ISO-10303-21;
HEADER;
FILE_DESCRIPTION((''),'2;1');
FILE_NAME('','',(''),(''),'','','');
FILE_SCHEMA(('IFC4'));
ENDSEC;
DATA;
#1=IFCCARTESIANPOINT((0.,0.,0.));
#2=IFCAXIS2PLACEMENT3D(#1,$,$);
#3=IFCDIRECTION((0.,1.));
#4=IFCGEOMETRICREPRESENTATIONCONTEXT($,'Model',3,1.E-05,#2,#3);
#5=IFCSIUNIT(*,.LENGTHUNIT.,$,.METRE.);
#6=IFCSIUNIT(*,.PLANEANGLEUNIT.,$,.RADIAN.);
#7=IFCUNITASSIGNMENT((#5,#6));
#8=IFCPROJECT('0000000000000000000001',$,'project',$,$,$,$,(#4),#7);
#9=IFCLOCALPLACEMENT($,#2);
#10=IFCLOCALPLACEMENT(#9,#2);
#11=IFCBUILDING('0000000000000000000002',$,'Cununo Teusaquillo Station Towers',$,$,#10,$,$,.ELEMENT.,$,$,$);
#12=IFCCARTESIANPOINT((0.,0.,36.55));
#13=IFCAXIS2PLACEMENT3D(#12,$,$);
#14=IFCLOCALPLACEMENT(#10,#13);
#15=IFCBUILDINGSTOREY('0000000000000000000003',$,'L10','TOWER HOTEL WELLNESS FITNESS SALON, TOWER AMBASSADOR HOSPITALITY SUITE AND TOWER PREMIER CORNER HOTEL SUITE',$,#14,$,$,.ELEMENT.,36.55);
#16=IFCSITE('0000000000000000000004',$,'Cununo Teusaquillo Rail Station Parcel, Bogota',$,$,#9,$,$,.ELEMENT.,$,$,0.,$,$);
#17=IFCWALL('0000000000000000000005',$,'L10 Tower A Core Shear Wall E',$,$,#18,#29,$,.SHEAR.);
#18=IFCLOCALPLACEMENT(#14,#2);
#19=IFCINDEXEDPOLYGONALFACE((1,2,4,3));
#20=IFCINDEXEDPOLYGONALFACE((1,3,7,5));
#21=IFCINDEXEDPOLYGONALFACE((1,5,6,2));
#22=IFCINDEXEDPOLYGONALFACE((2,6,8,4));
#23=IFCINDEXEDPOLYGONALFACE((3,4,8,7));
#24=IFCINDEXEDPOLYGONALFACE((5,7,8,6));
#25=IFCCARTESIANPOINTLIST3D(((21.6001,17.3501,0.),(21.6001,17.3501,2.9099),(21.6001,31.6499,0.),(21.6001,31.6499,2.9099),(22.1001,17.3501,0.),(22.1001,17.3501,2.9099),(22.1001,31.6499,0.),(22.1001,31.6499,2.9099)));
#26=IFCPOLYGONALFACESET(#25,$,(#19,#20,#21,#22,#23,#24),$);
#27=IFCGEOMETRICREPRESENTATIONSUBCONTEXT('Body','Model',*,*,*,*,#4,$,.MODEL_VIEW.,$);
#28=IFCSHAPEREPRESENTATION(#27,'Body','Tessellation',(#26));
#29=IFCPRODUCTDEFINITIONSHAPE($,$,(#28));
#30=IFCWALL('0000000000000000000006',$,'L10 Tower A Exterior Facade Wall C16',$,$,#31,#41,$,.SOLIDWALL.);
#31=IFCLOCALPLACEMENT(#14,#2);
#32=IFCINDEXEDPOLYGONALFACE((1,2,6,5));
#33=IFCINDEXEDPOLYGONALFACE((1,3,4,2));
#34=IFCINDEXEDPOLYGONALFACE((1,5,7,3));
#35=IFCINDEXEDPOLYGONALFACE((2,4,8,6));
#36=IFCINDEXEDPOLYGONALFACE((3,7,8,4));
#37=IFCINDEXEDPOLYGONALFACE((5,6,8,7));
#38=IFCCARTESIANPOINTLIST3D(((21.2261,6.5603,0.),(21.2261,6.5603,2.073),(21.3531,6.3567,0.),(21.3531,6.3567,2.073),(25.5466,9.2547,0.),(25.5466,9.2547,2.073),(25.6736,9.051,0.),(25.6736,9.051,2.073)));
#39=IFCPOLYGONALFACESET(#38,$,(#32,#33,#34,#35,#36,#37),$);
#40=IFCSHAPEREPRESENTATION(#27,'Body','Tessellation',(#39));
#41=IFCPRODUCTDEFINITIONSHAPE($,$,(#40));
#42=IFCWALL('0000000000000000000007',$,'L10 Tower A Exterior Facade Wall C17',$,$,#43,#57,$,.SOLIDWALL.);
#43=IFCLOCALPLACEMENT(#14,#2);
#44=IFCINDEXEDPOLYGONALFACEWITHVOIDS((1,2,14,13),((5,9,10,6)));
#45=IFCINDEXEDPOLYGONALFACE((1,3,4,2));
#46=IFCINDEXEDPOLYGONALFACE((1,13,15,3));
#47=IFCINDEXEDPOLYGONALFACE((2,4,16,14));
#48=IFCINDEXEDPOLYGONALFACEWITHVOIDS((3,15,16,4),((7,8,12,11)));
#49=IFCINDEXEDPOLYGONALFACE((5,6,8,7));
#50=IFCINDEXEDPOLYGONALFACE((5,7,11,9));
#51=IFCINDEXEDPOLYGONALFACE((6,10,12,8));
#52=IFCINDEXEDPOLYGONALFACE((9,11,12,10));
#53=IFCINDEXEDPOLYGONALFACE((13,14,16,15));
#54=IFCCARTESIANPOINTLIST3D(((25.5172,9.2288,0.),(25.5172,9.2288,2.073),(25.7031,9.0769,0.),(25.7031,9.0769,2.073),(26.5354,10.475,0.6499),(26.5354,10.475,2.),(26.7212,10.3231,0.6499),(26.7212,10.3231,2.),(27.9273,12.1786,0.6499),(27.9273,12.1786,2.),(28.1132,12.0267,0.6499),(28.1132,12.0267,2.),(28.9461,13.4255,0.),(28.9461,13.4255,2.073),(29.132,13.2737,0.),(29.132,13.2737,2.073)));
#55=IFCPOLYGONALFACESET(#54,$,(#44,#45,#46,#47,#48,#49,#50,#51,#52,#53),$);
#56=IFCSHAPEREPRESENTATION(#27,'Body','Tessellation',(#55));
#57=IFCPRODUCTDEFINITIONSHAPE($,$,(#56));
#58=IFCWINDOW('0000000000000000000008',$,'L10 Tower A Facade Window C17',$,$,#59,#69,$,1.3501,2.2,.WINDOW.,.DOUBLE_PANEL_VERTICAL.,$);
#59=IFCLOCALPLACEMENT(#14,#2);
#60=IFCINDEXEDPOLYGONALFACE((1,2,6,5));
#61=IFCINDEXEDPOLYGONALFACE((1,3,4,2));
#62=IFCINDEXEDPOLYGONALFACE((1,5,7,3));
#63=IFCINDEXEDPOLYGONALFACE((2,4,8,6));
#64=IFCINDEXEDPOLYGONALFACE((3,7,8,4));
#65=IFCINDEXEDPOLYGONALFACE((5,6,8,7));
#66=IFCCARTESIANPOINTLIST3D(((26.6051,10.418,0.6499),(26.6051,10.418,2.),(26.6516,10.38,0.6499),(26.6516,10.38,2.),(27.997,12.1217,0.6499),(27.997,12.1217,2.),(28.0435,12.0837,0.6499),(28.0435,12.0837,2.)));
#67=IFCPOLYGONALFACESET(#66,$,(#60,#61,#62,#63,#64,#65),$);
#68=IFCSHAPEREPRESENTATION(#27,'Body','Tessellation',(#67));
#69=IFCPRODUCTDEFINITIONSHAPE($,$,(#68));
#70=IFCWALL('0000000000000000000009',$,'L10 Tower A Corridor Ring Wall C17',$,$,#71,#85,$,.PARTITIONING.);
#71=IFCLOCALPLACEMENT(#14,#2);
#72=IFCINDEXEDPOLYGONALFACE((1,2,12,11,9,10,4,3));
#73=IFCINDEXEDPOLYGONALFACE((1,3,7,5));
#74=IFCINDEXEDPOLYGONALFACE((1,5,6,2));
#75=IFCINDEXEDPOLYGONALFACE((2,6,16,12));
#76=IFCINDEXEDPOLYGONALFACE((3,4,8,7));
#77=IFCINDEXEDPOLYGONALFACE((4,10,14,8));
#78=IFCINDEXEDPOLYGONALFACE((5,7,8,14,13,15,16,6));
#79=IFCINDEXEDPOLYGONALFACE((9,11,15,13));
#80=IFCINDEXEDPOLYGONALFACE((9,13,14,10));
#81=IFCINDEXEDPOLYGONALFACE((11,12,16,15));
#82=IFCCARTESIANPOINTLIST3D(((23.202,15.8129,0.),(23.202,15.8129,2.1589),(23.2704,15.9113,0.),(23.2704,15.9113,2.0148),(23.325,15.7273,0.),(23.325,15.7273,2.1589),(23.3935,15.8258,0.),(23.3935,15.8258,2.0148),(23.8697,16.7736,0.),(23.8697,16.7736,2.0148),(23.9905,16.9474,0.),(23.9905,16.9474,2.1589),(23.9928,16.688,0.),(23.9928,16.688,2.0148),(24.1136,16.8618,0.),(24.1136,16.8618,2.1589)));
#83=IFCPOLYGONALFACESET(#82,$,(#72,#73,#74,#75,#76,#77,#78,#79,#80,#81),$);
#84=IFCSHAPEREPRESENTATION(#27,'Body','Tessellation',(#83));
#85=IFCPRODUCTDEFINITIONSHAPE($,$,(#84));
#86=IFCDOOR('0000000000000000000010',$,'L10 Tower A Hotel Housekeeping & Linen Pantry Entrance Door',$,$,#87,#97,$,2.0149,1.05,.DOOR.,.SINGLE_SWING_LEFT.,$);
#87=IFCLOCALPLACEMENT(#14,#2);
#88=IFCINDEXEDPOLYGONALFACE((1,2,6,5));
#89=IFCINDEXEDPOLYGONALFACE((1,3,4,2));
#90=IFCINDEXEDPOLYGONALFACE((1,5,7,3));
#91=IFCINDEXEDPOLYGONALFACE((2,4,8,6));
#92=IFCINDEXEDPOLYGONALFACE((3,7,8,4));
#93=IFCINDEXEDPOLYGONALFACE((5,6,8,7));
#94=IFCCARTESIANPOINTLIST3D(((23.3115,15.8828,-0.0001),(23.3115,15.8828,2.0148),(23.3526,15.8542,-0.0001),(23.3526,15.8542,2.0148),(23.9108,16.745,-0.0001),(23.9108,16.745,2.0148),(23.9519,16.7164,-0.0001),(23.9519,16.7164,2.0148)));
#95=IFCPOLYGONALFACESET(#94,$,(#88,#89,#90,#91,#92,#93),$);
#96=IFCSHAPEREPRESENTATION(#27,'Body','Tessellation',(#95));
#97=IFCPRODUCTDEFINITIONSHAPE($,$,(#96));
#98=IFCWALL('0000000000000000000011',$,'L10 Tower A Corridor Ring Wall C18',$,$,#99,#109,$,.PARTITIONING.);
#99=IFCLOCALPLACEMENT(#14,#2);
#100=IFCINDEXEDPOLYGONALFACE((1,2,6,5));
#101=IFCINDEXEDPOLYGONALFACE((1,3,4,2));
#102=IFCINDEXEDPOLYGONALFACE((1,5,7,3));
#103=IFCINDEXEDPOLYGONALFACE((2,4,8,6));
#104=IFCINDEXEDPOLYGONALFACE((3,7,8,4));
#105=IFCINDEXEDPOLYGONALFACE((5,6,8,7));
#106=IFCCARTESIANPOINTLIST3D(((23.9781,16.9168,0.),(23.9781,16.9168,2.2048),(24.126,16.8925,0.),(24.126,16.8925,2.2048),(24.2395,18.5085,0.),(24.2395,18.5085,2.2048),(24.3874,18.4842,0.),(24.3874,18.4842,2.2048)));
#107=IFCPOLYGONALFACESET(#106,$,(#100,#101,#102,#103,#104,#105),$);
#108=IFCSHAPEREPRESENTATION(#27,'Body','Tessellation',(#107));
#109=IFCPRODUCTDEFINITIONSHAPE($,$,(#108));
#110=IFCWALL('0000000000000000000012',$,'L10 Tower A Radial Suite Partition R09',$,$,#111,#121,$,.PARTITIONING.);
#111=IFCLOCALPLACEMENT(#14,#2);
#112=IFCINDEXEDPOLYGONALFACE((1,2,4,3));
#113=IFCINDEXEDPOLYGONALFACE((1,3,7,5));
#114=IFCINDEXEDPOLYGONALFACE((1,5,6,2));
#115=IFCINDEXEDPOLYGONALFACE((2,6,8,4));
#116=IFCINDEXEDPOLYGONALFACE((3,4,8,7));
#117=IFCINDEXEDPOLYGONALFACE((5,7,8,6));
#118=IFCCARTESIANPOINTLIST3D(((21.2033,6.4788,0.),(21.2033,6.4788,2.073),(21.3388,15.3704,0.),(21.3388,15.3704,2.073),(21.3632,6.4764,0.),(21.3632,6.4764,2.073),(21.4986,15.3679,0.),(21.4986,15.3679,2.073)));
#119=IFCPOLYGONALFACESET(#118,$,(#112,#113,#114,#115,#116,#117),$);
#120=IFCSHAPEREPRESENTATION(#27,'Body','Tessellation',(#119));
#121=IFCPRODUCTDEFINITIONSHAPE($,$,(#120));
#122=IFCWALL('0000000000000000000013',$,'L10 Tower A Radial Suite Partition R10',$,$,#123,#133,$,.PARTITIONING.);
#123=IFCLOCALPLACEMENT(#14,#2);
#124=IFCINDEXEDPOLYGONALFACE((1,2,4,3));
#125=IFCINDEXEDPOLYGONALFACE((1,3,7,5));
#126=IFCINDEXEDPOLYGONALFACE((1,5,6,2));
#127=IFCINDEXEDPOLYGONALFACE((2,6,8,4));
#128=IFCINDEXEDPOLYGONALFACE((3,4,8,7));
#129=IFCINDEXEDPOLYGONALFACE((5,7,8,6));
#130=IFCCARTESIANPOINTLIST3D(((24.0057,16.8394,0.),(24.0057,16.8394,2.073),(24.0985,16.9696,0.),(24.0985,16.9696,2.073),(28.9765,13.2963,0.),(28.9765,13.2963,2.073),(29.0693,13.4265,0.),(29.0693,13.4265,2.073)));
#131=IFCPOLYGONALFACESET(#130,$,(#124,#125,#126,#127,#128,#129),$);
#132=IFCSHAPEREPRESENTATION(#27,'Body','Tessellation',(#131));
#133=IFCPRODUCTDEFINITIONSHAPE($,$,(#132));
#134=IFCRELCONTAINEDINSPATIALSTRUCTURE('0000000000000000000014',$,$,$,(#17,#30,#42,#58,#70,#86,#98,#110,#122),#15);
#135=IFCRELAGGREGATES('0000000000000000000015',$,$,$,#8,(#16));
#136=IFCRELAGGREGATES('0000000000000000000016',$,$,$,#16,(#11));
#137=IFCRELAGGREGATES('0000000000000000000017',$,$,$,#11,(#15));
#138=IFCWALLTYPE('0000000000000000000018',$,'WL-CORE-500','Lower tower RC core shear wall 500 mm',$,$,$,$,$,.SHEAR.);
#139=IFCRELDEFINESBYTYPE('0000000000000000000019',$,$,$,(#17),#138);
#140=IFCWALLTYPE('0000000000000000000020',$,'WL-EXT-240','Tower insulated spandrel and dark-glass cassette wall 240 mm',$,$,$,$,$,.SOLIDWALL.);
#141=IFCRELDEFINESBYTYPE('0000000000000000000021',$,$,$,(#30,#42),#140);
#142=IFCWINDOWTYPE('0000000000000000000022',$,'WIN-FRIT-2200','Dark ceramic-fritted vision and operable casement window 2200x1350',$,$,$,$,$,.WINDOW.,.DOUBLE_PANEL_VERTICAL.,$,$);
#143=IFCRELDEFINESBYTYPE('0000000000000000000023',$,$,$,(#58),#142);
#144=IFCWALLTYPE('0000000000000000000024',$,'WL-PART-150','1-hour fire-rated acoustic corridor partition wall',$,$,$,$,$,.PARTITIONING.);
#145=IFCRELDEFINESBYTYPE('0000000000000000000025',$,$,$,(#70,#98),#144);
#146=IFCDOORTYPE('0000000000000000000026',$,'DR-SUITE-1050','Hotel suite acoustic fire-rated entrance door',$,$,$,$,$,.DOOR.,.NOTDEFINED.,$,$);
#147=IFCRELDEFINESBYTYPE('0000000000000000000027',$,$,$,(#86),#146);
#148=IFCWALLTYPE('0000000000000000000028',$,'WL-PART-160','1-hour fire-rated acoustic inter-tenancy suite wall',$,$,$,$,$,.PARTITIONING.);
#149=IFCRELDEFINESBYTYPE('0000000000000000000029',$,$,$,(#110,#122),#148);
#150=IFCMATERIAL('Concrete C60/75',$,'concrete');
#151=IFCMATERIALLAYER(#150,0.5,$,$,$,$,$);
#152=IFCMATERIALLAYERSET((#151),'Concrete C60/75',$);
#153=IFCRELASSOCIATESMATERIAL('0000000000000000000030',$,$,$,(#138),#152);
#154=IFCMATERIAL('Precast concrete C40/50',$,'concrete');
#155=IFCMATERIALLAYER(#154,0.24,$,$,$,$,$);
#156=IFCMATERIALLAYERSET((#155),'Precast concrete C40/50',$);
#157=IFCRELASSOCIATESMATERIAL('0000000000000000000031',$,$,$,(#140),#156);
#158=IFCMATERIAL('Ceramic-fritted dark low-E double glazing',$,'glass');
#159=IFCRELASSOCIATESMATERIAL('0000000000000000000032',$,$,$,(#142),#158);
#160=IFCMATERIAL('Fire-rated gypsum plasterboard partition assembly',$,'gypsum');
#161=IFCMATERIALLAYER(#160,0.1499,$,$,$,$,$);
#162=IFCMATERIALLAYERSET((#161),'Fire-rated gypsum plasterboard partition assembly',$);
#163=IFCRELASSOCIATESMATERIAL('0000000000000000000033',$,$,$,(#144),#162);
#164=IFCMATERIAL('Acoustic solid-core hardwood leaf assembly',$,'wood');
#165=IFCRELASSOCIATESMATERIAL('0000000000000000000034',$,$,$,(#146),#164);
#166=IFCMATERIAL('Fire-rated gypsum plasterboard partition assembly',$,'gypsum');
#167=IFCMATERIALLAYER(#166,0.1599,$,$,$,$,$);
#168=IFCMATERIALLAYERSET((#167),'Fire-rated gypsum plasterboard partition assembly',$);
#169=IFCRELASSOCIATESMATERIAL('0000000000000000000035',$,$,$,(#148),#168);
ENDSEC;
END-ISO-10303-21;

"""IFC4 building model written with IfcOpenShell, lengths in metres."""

from ifc_helpers import new_model, si_unit, direction, frame, frame_2d, origin, place, context, subcontext, project, spatial, rectangle, extrude, source, transform, mapped, material, layer, layer_set, type_object, element, fill, save


model = new_model("IFC4")

# Units and contexts
model_context = context("Model", 3, precision=1e-05, world=origin(), true_north=direction((0.0, 1.0)))
body_context = subcontext(model_context, "Body", "Model", "MODEL_VIEW")
ifc_project = project(units=[si_unit("LENGTHUNIT", "METRE"), si_unit("PLANEANGLEUNIT", "RADIAN")], contexts=[model_context])

# Site, building, storey
site_placement = place(None, origin())
site = spatial("IfcSite", under=ifc_project, at=site_placement, Name="Cununo Teusaquillo Rail Station Parcel, Bogota", CompositionType="ELEMENT", RefElevation=0.0)
building_placement = place(site_placement, origin())
building = spatial("IfcBuilding", under=site, at=building_placement, Name="Cununo Teusaquillo Station Towers", CompositionType="ELEMENT")
storey_placement = place(building_placement, frame((0.0, 0.0, 36.55)))
storey = spatial("IfcBuildingStorey", under=building, at=storey_placement, Name="L10", Description="TOWER HOTEL WELLNESS FITNESS SALON, TOWER AMBASSADOR HOSPITALITY SUITE AND TOWER PREMIER CORNER HOTEL SUITE", CompositionType="ELEMENT", Elevation=36.55)

# Walls
ifc_material_1 = material(Name="Concrete C60/75", Category="concrete")
ifc_layer_1 = layer(ifc_material_1, 0.5)
ifc_layer_set_1 = layer_set([ifc_layer_1], Name="Concrete C60/75")
wall_type_1 = type_object("IfcWallType", Name="WL-CORE-500", Description="Lower tower RC core shear wall 500 mm", PredefinedType="SHEAR", material=ifc_layer_set_1)
wall_1_placement = place(storey_placement, frame((21.8501, 17.3501, 0.0), z_axis=(0.0, 0.0, 1.0), x_axis=(0.0, 1.0, 0.0)))
element("IfcWall", 1, at=wall_1_placement, inside=storey, type_object=wall_type_1, Name="L10 Tower A Core Shear Wall E", PredefinedType="SHEAR", context=body_context, shape_type="SweptSolid", body=[
    extrude(rectangle(XDim=14.2998, YDim=0.5, at=frame_2d((7.1499, 0.0))), origin(), (0.0, 0.0, 1.0), 2.9099),
])
ifc_material_2 = material(Name="Precast concrete C40/50", Category="concrete")
ifc_layer_2 = layer(ifc_material_2, 0.24)
ifc_layer_set_2 = layer_set([ifc_layer_2], Name="Precast concrete C40/50")
wall_type_2 = type_object("IfcWallType", Name="WL-EXT-240", Description="Tower insulated spandrel and dark-glass cassette wall 240 mm", PredefinedType="SOLIDWALL", material=ifc_layer_set_2)
wall_2_placement = place(storey_placement, frame((25.6101, 9.1528, 0.0), z_axis=(0.0, 0.0, 1.0), x_axis=(-0.848529, -0.52915, 0.0)))
element("IfcWall", 2, at=wall_2_placement, inside=storey, type_object=wall_type_2, Name="L10 Tower A Exterior Facade Wall C16", PredefinedType="SOLIDWALL", context=body_context, shape_type="SweptSolid", body=[
    extrude(rectangle(XDim=5.0918, YDim=0.24, at=frame_2d((2.5459, 0.0))), origin(), (0.0, 0.0, 1.0), 2.073),
])

# Wall, opening, window
wall_3_placement = place(storey_placement, frame((29.0391, 13.3496, 0.0), z_axis=(0.0, 0.0, 1.0), x_axis=(-0.63271, -0.774389, 0.0)))
wall_3 = element("IfcWall", 3, at=wall_3_placement, inside=storey, type_object=wall_type_2, Name="L10 Tower A Exterior Facade Wall C17", PredefinedType="SOLIDWALL", context=body_context, shape_type="SweptSolid", body=[
    extrude(rectangle(XDim=5.4194, YDim=0.24, at=frame_2d((2.7097, 0.0))), origin(), (0.0, 0.0, 1.0), 2.073),
])
shared_shape_1 = source(origin(), body_context, "Body", "SweptSolid", [
    extrude(rectangle(XDim=2.2, YDim=1.3501, at=frame_2d((1.1001, 0.675))), frame((0.0, 0.1299, 0.0), z_axis=(0.0, -1.0, 0.0), x_axis=(1.0, 0.0, 0.0)), (0.0, 0.0, 1.0), 0.26),
])
opening_1_placement = place(wall_3_placement, frame((1.6101, 0.0, 0.6499)))
opening_1 = element("IfcOpeningElement", 4, at=opening_1_placement, cuts=wall_3, PredefinedType="OPENING", context=body_context, shape_type="MappedRepresentation", body=[
    mapped(shared_shape_1, transform((0.0, 0.0, 0.0), x_axis=(1.0, 0.0, 0.0), y_axis=(0.0, 1.0, 0.0), z_axis=(0.0, 0.0, 1.0), scale=1.0)),
])
ifc_material_3 = material(Name="Ceramic-fritted dark low-E double glazing", Category="glass")
window_type = type_object("IfcWindowType", Name="WIN-FRIT-2200", Description="Dark ceramic-fritted vision and operable casement window 2200x1350", PartitioningType="DOUBLE_PANEL_VERTICAL", PredefinedType="WINDOW", material=ifc_material_3)
shared_shape_2 = source(origin(), body_context, "Body", "SweptSolid", [
    extrude(rectangle(XDim=2.2, YDim=1.3501, at=frame_2d((1.1001, 0.675))), frame((0.0, 0.03, 0.0), z_axis=(0.0, -1.0, 0.0), x_axis=(1.0, 0.0, 0.0)), (0.0, 0.0, 1.0), 0.0601),
])
window_placement = place(opening_1_placement, origin())
window = element("IfcWindow", 5, at=window_placement, inside=storey, type_object=window_type, Name="L10 Tower A Facade Window C17", OverallHeight=1.3501, OverallWidth=2.2, PartitioningType="DOUBLE_PANEL_VERTICAL", PredefinedType="WINDOW", context=body_context, shape_type="MappedRepresentation", body=[
    mapped(shared_shape_2, transform((0.0, 0.0, 0.0), x_axis=(1.0, 0.0, 0.0), y_axis=(0.0, 1.0, 0.0), z_axis=(0.0, 0.0, 1.0), scale=1.0)),
])
fill(opening_1, window)

# Wall, opening, door
ifc_material_4 = material(Name="Fire-rated gypsum plasterboard partition assembly", Category="gypsum")
ifc_layer_3 = layer(ifc_material_4, 0.1499)
ifc_layer_set_3 = layer_set([ifc_layer_3], Name="Fire-rated gypsum plasterboard partition assembly")
wall_type_3 = type_object("IfcWallType", Name="WL-PART-150", Description="1-hour fire-rated acoustic corridor partition wall", PredefinedType="PARTITIONING", material=ifc_layer_set_3)
wall_4_placement = place(storey_placement, frame((23.2634, 15.77, 0.0), z_axis=(0.0, 0.0, 1.0), x_axis=(0.570743, 0.821128, 0.0)))
wall_4 = element("IfcWall", 6, at=wall_4_placement, inside=storey, type_object=wall_type_3, Name="L10 Tower A Corridor Ring Wall C17", PredefinedType="PARTITIONING", context=body_context, shape_type="SweptSolid", body=[
    extrude(rectangle(XDim=1.3816, YDim=0.1499, at=frame_2d((0.6909, 0.0))), origin(), (0.0, 0.0, 1.0), 2.1589),
])
shared_shape_3 = source(origin(), body_context, "Body", "SweptSolid", [
    extrude(rectangle(XDim=1.05, YDim=2.0149, at=frame_2d((0.5249, 1.0073))), frame((0.0, 0.085, 0.0), z_axis=(0.0, -1.0, 0.0), x_axis=(1.0, 0.0, 0.0)), (0.0, 0.0, 1.0), 0.1699),
])
opening_2_placement = place(wall_4_placement, frame((0.1201, 0.0, 0.0)))
opening_2 = element("IfcOpeningElement", 7, at=opening_2_placement, cuts=wall_4, PredefinedType="OPENING", context=body_context, shape_type="MappedRepresentation", body=[
    mapped(shared_shape_3, transform((0.0, 0.0, 0.0), x_axis=(1.0, 0.0, 0.0), y_axis=(0.0, 1.0, 0.0), z_axis=(0.0, 0.0, 1.0), scale=1.0)),
])
ifc_material_5 = material(Name="Acoustic solid-core hardwood leaf assembly", Category="wood")
door_type = type_object("IfcDoorType", Name="DR-SUITE-1050", Description="Hotel suite acoustic fire-rated entrance door", OperationType="NOTDEFINED", PredefinedType="DOOR", material=ifc_material_5)
shared_shape_4 = source(origin(), body_context, "Body", "SweptSolid", [
    extrude(rectangle(XDim=1.05, YDim=2.0149, at=frame_2d((0.5249, 1.0073))), frame((0.0, 0.0249, 0.0), z_axis=(0.0, -1.0, 0.0), x_axis=(1.0, 0.0, 0.0)), (0.0, 0.0, 1.0), 0.05),
])
door_placement = place(opening_2_placement, origin())
door = element("IfcDoor", 8, at=door_placement, inside=storey, type_object=door_type, Name="L10 Tower A Hotel Housekeeping & Linen Pantry Entrance Door", OperationType="SINGLE_SWING_LEFT", OverallHeight=2.0149, OverallWidth=1.05, PredefinedType="DOOR", context=body_context, shape_type="MappedRepresentation", body=[
    mapped(shared_shape_4, transform((0.0, 0.0, 0.0), x_axis=(1.0, 0.0, 0.0), y_axis=(0.0, 1.0, 0.0), z_axis=(0.0, 0.0, 1.0), scale=1.0)),
])
fill(opening_2, door)

# Walls
wall_5_placement = place(storey_placement, frame((24.052, 16.9045, 0.0), z_axis=(0.0, 0.0, 1.0), x_axis=(0.162092, 0.986776, 0.0)))
element("IfcWall", 9, at=wall_5_placement, inside=storey, type_object=wall_type_3, Name="L10 Tower A Corridor Ring Wall C18", PredefinedType="PARTITIONING", context=body_context, shape_type="SweptSolid", body=[
    extrude(rectangle(XDim=1.613, YDim=0.1499, at=frame_2d((0.8066, 0.0))), origin(), (0.0, 0.0, 1.0), 2.2048),
])
ifc_material_6 = material(Name="Fire-rated gypsum plasterboard partition assembly", Category="gypsum")
ifc_layer_4 = layer(ifc_material_6, 0.1599)
ifc_layer_set_4 = layer_set([ifc_layer_4], Name="Fire-rated gypsum plasterboard partition assembly")
wall_type_4 = type_object("IfcWallType", Name="WL-PART-160", Description="1-hour fire-rated acoustic inter-tenancy suite wall", PredefinedType="PARTITIONING", material=ifc_layer_set_4)
wall_6_placement = place(storey_placement, frame((21.4187, 15.3691, 0.0), z_axis=(0.0, 0.0, 1.0), x_axis=(-0.015237, -0.999884, 0.0)))
element("IfcWall", 10, at=wall_6_placement, inside=storey, type_object=wall_type_4, Name="L10 Tower A Radial Suite Partition R09", PredefinedType="PARTITIONING", context=body_context, shape_type="SweptSolid", body=[
    extrude(rectangle(XDim=8.8926, YDim=0.1599, at=frame_2d((4.4463, 0.0))), origin(), (0.0, 0.0, 1.0), 2.073),
])
wall_7_placement = place(storey_placement, frame((24.052, 16.9045, 0.0), z_axis=(0.0, 0.0, 1.0), x_axis=(0.814317, -0.580421, 0.0)))
element("IfcWall", 11, at=wall_7_placement, inside=storey, type_object=wall_type_4, Name="L10 Tower A Radial Suite Partition R10", PredefinedType="PARTITIONING", context=body_context, shape_type="SweptSolid", body=[
    extrude(rectangle(XDim=6.1042, YDim=0.1599, at=frame_2d((3.0522, 0.0))), origin(), (0.0, 0.0, 1.0), 2.073),
])

save(model, "model.ifc")
